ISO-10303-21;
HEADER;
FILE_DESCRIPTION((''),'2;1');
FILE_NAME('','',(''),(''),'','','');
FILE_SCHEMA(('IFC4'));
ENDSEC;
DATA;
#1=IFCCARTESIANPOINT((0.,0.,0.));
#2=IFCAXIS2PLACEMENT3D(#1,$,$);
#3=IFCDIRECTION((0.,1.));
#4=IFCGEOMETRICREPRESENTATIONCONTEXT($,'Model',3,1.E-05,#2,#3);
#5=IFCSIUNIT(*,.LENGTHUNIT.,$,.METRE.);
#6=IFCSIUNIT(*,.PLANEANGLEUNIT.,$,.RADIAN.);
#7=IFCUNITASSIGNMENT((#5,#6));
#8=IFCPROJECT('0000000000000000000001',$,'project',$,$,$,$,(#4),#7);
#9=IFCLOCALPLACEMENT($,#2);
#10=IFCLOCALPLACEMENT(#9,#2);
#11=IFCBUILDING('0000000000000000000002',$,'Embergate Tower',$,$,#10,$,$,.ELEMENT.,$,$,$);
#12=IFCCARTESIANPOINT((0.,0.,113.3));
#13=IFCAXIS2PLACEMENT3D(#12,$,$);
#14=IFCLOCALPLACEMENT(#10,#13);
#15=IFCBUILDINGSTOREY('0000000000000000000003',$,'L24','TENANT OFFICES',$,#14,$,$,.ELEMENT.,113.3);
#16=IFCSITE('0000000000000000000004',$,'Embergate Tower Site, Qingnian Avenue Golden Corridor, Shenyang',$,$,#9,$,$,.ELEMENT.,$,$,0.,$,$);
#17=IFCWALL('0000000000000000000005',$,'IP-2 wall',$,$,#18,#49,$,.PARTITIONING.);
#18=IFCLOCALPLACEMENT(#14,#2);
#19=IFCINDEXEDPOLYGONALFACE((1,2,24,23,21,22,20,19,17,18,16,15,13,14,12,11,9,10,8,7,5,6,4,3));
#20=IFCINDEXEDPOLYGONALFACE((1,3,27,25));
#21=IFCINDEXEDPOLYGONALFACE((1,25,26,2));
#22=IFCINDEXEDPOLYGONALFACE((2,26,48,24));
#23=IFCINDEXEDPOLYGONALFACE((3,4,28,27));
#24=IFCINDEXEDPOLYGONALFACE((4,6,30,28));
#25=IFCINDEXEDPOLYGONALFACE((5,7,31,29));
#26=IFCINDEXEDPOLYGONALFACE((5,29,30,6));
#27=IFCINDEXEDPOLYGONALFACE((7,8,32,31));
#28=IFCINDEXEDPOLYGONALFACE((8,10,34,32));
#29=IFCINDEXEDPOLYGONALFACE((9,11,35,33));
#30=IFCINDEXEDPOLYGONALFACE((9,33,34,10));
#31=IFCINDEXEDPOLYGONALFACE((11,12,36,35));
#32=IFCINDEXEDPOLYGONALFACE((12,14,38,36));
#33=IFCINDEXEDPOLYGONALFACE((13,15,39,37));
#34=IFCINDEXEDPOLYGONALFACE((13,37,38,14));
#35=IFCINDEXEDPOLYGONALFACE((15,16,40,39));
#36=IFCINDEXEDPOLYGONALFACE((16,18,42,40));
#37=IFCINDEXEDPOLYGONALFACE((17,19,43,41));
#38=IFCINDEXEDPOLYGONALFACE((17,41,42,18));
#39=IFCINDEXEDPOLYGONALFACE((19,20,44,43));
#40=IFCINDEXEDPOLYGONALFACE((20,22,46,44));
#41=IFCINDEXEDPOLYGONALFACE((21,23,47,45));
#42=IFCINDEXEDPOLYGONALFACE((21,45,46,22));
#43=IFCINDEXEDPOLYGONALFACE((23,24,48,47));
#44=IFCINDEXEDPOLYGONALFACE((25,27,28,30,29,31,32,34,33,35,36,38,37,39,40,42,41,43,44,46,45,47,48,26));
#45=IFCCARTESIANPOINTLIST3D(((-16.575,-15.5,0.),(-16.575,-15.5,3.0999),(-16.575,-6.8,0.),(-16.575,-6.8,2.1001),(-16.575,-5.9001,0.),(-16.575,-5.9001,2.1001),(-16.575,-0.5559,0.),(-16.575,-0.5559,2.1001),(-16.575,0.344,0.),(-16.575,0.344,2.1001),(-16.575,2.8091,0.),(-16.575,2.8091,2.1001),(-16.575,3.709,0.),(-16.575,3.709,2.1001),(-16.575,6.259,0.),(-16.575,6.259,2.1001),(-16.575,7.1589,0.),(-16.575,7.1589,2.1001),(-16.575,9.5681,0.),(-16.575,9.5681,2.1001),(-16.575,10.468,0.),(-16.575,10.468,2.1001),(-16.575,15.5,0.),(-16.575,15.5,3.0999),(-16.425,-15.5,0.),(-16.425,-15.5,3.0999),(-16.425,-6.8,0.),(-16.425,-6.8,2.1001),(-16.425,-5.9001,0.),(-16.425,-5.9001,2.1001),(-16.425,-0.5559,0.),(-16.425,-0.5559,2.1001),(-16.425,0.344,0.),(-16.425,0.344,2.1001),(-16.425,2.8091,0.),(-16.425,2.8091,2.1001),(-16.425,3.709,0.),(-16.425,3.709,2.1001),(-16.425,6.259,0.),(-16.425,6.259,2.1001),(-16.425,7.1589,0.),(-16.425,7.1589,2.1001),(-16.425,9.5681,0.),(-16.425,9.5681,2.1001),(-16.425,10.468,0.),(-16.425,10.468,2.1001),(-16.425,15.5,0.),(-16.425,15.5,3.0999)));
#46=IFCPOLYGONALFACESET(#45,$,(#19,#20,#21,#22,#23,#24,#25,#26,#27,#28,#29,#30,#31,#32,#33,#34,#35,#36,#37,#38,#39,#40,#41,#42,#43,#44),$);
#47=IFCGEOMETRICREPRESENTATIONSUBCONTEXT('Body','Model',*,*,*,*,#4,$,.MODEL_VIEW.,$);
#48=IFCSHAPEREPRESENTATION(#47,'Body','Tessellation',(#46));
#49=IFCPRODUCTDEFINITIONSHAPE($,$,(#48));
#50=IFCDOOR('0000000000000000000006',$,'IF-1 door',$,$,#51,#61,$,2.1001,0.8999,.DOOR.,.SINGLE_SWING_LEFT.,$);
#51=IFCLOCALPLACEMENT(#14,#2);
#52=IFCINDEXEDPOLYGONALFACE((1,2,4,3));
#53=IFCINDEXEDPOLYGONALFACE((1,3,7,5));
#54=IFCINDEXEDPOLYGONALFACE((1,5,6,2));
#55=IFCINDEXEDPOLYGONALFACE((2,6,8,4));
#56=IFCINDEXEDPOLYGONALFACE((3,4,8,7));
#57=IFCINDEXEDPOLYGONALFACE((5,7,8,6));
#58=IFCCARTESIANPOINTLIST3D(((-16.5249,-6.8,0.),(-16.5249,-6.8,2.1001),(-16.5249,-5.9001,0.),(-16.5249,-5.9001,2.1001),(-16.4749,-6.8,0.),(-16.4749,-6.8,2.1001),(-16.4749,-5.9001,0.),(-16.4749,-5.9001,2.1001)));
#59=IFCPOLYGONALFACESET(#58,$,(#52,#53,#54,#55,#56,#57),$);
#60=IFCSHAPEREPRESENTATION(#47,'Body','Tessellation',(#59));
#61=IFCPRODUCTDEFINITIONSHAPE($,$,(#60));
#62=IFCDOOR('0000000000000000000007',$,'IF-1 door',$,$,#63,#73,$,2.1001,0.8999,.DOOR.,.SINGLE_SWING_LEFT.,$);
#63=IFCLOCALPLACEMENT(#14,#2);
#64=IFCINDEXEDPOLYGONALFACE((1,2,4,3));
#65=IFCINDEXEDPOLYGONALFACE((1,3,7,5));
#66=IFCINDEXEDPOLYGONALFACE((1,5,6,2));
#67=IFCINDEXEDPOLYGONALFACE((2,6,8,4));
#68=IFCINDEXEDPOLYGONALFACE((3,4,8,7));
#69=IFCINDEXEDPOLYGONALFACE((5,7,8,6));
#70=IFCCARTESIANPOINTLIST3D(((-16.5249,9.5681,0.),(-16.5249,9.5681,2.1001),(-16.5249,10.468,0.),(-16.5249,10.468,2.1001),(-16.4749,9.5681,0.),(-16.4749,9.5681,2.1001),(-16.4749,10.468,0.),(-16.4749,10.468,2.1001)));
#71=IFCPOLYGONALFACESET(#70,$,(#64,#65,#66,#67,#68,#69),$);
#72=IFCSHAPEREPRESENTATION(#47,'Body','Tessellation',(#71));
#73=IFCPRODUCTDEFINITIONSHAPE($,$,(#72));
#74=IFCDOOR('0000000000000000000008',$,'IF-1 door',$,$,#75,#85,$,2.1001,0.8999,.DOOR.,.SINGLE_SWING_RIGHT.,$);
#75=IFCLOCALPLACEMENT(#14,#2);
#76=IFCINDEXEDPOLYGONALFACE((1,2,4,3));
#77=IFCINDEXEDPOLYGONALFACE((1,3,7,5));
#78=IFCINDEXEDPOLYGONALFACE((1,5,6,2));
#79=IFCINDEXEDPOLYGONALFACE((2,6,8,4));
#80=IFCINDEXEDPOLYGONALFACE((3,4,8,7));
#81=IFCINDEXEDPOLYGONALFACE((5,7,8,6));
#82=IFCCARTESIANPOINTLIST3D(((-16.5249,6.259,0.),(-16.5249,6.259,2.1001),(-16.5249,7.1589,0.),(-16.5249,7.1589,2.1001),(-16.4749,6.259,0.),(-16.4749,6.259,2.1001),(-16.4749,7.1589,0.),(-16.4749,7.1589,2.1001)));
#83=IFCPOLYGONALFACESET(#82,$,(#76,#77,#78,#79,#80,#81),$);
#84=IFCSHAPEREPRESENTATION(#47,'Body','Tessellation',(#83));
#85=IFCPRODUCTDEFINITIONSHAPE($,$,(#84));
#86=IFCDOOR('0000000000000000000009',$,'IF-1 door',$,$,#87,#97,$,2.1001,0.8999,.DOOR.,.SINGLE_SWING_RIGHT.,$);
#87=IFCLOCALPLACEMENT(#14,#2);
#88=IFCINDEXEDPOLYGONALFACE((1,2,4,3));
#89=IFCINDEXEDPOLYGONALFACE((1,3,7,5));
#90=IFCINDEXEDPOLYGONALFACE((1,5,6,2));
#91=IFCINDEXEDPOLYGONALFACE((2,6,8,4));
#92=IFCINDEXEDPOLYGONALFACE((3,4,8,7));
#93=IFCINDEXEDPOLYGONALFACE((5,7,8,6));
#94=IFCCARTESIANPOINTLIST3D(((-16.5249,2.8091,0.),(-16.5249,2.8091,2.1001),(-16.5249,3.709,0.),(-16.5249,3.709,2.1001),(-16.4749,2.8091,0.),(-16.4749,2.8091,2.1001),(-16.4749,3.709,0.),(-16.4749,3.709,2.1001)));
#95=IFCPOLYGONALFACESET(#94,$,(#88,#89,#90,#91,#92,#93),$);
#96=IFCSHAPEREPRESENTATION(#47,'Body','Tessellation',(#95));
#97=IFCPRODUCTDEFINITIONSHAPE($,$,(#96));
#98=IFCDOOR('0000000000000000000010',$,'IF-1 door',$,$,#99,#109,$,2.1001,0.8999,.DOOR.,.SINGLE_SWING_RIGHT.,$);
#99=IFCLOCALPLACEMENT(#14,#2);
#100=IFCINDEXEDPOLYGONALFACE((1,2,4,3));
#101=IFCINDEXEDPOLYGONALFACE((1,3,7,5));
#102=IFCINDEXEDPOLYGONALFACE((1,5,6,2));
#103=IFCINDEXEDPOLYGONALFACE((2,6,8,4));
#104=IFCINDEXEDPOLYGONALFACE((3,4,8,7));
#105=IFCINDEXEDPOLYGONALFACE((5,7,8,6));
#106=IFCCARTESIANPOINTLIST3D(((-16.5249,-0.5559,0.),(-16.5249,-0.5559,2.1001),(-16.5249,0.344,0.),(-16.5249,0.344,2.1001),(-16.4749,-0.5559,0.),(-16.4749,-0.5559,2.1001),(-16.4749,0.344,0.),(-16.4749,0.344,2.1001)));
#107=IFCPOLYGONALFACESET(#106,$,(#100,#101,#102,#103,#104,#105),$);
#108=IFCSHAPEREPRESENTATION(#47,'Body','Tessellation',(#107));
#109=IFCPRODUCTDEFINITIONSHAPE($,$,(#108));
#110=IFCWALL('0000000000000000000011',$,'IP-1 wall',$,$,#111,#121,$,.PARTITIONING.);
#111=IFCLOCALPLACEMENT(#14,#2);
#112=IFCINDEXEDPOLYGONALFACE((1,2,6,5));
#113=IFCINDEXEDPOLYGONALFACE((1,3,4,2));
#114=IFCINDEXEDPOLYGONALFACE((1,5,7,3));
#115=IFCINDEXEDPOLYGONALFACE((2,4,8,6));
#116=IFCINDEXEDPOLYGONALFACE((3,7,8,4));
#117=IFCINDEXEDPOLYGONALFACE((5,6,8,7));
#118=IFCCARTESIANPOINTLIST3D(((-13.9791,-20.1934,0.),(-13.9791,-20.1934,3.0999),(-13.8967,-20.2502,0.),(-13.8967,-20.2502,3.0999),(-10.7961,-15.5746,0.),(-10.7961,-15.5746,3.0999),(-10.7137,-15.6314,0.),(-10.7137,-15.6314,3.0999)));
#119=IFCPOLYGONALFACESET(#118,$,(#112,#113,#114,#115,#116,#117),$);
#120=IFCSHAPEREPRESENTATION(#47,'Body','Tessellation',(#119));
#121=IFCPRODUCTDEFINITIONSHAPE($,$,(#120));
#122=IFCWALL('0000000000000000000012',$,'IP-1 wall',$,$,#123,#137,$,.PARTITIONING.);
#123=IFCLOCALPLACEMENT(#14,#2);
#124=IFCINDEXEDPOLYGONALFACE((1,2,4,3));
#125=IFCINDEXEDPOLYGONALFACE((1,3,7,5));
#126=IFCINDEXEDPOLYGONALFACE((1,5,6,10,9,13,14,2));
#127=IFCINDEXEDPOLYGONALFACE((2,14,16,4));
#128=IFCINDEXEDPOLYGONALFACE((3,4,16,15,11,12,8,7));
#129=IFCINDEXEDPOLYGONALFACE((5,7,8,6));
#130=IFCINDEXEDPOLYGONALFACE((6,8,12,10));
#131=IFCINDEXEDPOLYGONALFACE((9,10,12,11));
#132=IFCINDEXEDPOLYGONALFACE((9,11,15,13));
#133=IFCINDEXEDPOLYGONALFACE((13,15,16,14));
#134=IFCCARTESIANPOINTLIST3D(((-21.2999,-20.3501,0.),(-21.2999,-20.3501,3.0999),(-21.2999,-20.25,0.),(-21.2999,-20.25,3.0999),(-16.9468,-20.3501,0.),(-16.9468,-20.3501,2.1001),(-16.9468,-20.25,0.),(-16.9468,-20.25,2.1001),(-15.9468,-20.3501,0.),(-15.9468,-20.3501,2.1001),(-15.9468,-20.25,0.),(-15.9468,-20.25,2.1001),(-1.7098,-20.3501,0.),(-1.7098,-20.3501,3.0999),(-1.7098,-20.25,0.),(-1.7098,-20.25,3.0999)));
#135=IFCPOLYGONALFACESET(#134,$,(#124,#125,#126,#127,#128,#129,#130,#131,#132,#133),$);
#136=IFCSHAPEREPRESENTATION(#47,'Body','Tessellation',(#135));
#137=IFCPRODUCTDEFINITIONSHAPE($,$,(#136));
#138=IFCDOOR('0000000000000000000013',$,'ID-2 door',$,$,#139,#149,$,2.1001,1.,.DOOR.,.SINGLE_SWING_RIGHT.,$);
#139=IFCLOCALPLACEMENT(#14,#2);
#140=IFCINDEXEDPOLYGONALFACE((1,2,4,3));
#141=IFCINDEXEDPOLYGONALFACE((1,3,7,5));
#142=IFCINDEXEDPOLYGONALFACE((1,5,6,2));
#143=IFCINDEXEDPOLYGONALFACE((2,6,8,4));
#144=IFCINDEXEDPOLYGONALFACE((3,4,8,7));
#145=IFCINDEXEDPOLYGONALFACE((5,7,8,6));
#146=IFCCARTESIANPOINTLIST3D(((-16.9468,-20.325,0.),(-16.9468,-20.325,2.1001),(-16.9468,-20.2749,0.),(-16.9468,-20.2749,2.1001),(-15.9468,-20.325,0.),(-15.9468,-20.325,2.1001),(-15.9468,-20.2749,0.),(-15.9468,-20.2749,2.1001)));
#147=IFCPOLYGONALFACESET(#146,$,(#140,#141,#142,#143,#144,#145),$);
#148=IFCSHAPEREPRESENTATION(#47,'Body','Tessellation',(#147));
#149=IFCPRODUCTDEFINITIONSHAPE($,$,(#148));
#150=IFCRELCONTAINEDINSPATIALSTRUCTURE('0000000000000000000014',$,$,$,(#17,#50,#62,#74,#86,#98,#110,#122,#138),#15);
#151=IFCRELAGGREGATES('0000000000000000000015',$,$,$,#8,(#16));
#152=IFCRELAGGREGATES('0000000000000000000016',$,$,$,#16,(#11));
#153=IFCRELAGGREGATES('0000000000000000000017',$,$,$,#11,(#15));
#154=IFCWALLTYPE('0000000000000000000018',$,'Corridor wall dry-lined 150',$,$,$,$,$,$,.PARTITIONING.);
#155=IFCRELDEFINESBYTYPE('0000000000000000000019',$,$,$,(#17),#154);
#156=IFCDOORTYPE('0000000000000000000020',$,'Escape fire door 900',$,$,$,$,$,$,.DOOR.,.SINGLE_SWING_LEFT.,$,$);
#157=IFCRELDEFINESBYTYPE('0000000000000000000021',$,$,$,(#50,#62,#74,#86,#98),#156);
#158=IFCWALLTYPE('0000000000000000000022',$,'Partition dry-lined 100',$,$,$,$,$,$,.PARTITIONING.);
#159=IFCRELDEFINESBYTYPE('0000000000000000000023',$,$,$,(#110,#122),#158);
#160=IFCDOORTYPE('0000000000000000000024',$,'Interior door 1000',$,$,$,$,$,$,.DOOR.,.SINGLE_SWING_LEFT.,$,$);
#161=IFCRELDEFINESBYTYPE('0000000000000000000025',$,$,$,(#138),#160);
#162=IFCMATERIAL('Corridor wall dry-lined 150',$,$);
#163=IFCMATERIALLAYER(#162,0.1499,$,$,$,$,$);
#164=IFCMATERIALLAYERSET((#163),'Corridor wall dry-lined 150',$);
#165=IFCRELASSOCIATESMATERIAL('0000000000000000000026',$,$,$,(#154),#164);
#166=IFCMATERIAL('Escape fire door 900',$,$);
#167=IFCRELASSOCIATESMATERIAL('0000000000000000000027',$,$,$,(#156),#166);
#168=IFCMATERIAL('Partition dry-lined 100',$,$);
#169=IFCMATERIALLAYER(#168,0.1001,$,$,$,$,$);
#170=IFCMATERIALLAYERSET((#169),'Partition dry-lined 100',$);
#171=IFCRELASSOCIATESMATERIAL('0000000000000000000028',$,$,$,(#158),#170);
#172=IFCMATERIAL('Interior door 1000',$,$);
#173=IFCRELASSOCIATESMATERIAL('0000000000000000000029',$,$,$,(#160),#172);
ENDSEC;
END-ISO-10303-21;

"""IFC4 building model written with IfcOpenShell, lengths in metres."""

from ifc_helpers import new_model, si_unit, direction, frame, frame_2d, origin, place, context, subcontext, project, spatial, rectangle, extrude, source, transform, mapped, material, layer, layer_set, type_object, element, fill, save


model = new_model("IFC4")

# Units and contexts
model_context = context("Model", 3, precision=1e-05, world=origin(), true_north=direction((0.0, 1.0)))
body_context = subcontext(model_context, "Body", "Model", "MODEL_VIEW")
ifc_project = project(units=[si_unit("LENGTHUNIT", "METRE"), si_unit("PLANEANGLEUNIT", "RADIAN")], contexts=[model_context])

# Site, building, storey
site_placement = place(None, origin())
site = spatial("IfcSite", under=ifc_project, at=site_placement, Name="Embergate Tower Site, Qingnian Avenue Golden Corridor, Shenyang", CompositionType="ELEMENT", RefElevation=0.0)
building_placement = place(site_placement, origin())
building = spatial("IfcBuilding", under=site, at=building_placement, Name="Embergate Tower", CompositionType="ELEMENT")
storey_placement = place(building_placement, frame((0.0, 0.0, 113.3)))
storey = spatial("IfcBuildingStorey", under=building, at=storey_placement, Name="L24", Description="TENANT OFFICES", CompositionType="ELEMENT", Elevation=113.3)

# Wall, openings, doors
ifc_material_1 = material(Name="Corridor wall dry-lined 150")
ifc_layer_1 = layer(ifc_material_1, 0.1499)
ifc_layer_set_1 = layer_set([ifc_layer_1], Name="Corridor wall dry-lined 150")
wall_type_1 = type_object("IfcWallType", Name="Corridor wall dry-lined 150", PredefinedType="PARTITIONING", material=ifc_layer_set_1)
shared_shape_1 = source(origin(), body_context, "Body", "SweptSolid", [
    extrude(rectangle(XDim=31.0, YDim=0.1499, at=frame_2d((15.5, 0.0))), origin(), (0.0, 0.0, 1.0), 3.0999),
])
wall_1_placement = place(storey_placement, frame((-16.5, -15.5, 0.0), z_axis=(0.0, 0.0, 1.0), x_axis=(0.0, 1.0, 0.0)))
wall_1 = element("IfcWall", 1, at=wall_1_placement, inside=storey, type_object=wall_type_1, Name="IP-2 wall", PredefinedType="PARTITIONING", context=body_context, shape_type="MappedRepresentation", body=[
    mapped(shared_shape_1, transform((0.0, 0.0, 0.0))),
])
shared_shape_2 = source(origin(), body_context, "Body", "SweptSolid", [
    extrude(rectangle(XDim=0.8999, YDim=2.1001, at=frame_2d((0.45, 1.05))), frame((0.0, 0.085, 0.0), z_axis=(0.0, -1.0, 0.0), x_axis=(1.0, 0.0, 0.0)), (0.0, 0.0, 1.0), 0.1699),
])
opening_1_placement = place(wall_1_placement, frame((8.7, 0.0, 0.0)))
opening_1 = element("IfcOpeningElement", 2, at=opening_1_placement, cuts=wall_1, PredefinedType="OPENING", context=body_context, shape_type="MappedRepresentation", body=[
    mapped(shared_shape_2, transform((0.0, 0.0, 0.0))),
])
opening_2_placement = place(wall_1_placement, frame((25.0681, 0.0, 0.0)))
opening_2 = element("IfcOpeningElement", 3, at=opening_2_placement, cuts=wall_1, PredefinedType="OPENING", context=body_context, shape_type="MappedRepresentation", body=[
    mapped(shared_shape_2, transform((0.0, 0.0, 0.0))),
])
opening_3_placement = place(wall_1_placement, frame((21.759, 0.0, 0.0)))
opening_3 = element("IfcOpeningElement", 4, at=opening_3_placement, cuts=wall_1, PredefinedType="OPENING", context=body_context, shape_type="MappedRepresentation", body=[
    mapped(shared_shape_2, transform((0.0, 0.0, 0.0))),
])
opening_4_placement = place(wall_1_placement, frame((18.3091, 0.0, 0.0)))
opening_4 = element("IfcOpeningElement", 5, at=opening_4_placement, cuts=wall_1, PredefinedType="OPENING", context=body_context, shape_type="MappedRepresentation", body=[
    mapped(shared_shape_2, transform((0.0, 0.0, 0.0))),
])
opening_5_placement = place(wall_1_placement, frame((14.9441, 0.0, 0.0)))
opening_5 = element("IfcOpeningElement", 6, at=opening_5_placement, cuts=wall_1, PredefinedType="OPENING", context=body_context, shape_type="MappedRepresentation", body=[
    mapped(shared_shape_2, transform((0.0, 0.0, 0.0))),
])
ifc_material_2 = material(Name="Escape fire door 900")
door_type_1 = type_object("IfcDoorType", Name="Escape fire door 900", OperationType="SINGLE_SWING_LEFT", PredefinedType="DOOR", material=ifc_material_2)
shared_shape_3 = source(origin(), body_context, "Body", "SweptSolid", [
    extrude(rectangle(XDim=0.8999, YDim=2.1001, at=frame_2d((0.45, 1.05))), frame((0.0, 0.0249, 0.0), z_axis=(0.0, -1.0, 0.0), x_axis=(1.0, 0.0, 0.0)), (0.0, 0.0, 1.0), 0.05),
])
door_1_placement = place(opening_1_placement, origin())
door_1 = element("IfcDoor", 7, at=door_1_placement, inside=storey, type_object=door_type_1, Name="IF-1 door", OperationType="SINGLE_SWING_LEFT", OverallHeight=2.1001, OverallWidth=0.8999, PredefinedType="DOOR", context=body_context, shape_type="MappedRepresentation", body=[
    mapped(shared_shape_3, transform((0.0, 0.0, 0.0))),
])
fill(opening_1, door_1)
door_2_placement = place(opening_2_placement, origin())
door_2 = element("IfcDoor", 8, at=door_2_placement, inside=storey, type_object=door_type_1, Name="IF-1 door", OperationType="SINGLE_SWING_LEFT", OverallHeight=2.1001, OverallWidth=0.8999, PredefinedType="DOOR", context=body_context, shape_type="MappedRepresentation", body=[
    mapped(shared_shape_3, transform((0.0, 0.0, 0.0))),
])
fill(opening_2, door_2)
door_3_placement = place(opening_3_placement, origin())
door_3 = element("IfcDoor", 9, at=door_3_placement, inside=storey, type_object=door_type_1, Name="IF-1 door", OperationType="SINGLE_SWING_RIGHT", OverallHeight=2.1001, OverallWidth=0.8999, PredefinedType="DOOR", context=body_context, shape_type="MappedRepresentation", body=[
    mapped(shared_shape_3, transform((0.0, 0.0, 0.0))),
])
fill(opening_3, door_3)
door_4_placement = place(opening_4_placement, origin())
door_4 = element("IfcDoor", 10, at=door_4_placement, inside=storey, type_object=door_type_1, Name="IF-1 door", OperationType="SINGLE_SWING_RIGHT", OverallHeight=2.1001, OverallWidth=0.8999, PredefinedType="DOOR", context=body_context, shape_type="MappedRepresentation", body=[
    mapped(shared_shape_3, transform((0.0, 0.0, 0.0))),
])
fill(opening_4, door_4)
door_5_placement = place(opening_5_placement, origin())
door_5 = element("IfcDoor", 11, at=door_5_placement, inside=storey, type_object=door_type_1, Name="IF-1 door", OperationType="SINGLE_SWING_RIGHT", OverallHeight=2.1001, OverallWidth=0.8999, PredefinedType="DOOR", context=body_context, shape_type="MappedRepresentation", body=[
    mapped(shared_shape_3, transform((0.0, 0.0, 0.0))),
])
fill(opening_5, door_5)

# Wall
ifc_material_3 = material(Name="Partition dry-lined 100")
ifc_layer_2 = layer(ifc_material_3, 0.1001)
ifc_layer_set_2 = layer_set([ifc_layer_2], Name="Partition dry-lined 100")
wall_type_2 = type_object("IfcWallType", Name="Partition dry-lined 100", PredefinedType="PARTITIONING", material=ifc_layer_set_2)
shared_shape_4 = source(origin(), body_context, "Body", "SweptSolid", [
    extrude(rectangle(XDim=5.6094, YDim=0.1001, at=frame_2d((2.8047, 0.0))), origin(), (0.0, 0.0, 1.0), 3.0999),
])
wall_2_placement = place(storey_placement, frame((-10.7549, -15.603, 0.0), z_axis=(0.0, 0.0, 1.0), x_axis=(-0.56745, -0.823408, 0.0)))
element("IfcWall", 12, at=wall_2_placement, inside=storey, type_object=wall_type_2, Name="IP-1 wall", PredefinedType="PARTITIONING", context=body_context, shape_type="MappedRepresentation", body=[
    mapped(shared_shape_4, transform((0.0, 0.0, 0.0))),
])

# Wall, opening, door
shared_shape_5 = source(origin(), body_context, "Body", "SweptSolid", [
    extrude(rectangle(XDim=19.5901, YDim=0.1001, at=frame_2d((9.7949, 0.0))), origin(), (0.0, 0.0, 1.0), 3.0999),
])
wall_3_placement = place(storey_placement, frame((-1.71, -20.3, 0.0), z_axis=(0.0, 0.0, 1.0), x_axis=(-1.0, 0.0, 0.0)))
wall_3 = element("IfcWall", 13, at=wall_3_placement, inside=storey, type_object=wall_type_2, Name="IP-1 wall", PredefinedType="PARTITIONING", context=body_context, shape_type="MappedRepresentation", body=[
    mapped(shared_shape_5, transform((0.0, 0.0, 0.0))),
])
shared_shape_6 = source(origin(), body_context, "Body", "SweptSolid", [
    extrude(rectangle(XDim=1.0, YDim=2.1001, at=frame_2d((0.5, 1.05))), frame((0.0, 0.0601, 0.0), z_axis=(0.0, -1.0, 0.0), x_axis=(1.0, 0.0, 0.0)), (0.0, 0.0, 1.0), 0.1201),
])
opening_6_placement = place(wall_3_placement, frame((14.2368, 0.0, 0.0)))
opening_6 = element("IfcOpeningElement", 14, at=opening_6_placement, cuts=wall_3, PredefinedType="OPENING", context=body_context, shape_type="MappedRepresentation", body=[
    mapped(shared_shape_6, transform((0.0, 0.0, 0.0))),
])
ifc_material_4 = material(Name="Interior door 1000")
door_type_2 = type_object("IfcDoorType", Name="Interior door 1000", OperationType="SINGLE_SWING_LEFT", PredefinedType="DOOR", material=ifc_material_4)
shared_shape_7 = source(origin(), body_context, "Body", "SweptSolid", [
    extrude(rectangle(XDim=1.0, YDim=2.1001, at=frame_2d((0.5, 1.05))), frame((0.0, 0.0249, 0.0), z_axis=(0.0, -1.0, 0.0), x_axis=(1.0, 0.0, 0.0)), (0.0, 0.0, 1.0), 0.05),
])
door_6_placement = place(opening_6_placement, origin())
door_6 = element("IfcDoor", 15, at=door_6_placement, inside=storey, type_object=door_type_2, Name="ID-2 door", OperationType="SINGLE_SWING_RIGHT", OverallHeight=2.1001, OverallWidth=1.0, PredefinedType="DOOR", context=body_context, shape_type="MappedRepresentation", body=[
    mapped(shared_shape_7, transform((0.0, 0.0, 0.0))),
])
fill(opening_6, door_6)

save(model, "model.ifc")
